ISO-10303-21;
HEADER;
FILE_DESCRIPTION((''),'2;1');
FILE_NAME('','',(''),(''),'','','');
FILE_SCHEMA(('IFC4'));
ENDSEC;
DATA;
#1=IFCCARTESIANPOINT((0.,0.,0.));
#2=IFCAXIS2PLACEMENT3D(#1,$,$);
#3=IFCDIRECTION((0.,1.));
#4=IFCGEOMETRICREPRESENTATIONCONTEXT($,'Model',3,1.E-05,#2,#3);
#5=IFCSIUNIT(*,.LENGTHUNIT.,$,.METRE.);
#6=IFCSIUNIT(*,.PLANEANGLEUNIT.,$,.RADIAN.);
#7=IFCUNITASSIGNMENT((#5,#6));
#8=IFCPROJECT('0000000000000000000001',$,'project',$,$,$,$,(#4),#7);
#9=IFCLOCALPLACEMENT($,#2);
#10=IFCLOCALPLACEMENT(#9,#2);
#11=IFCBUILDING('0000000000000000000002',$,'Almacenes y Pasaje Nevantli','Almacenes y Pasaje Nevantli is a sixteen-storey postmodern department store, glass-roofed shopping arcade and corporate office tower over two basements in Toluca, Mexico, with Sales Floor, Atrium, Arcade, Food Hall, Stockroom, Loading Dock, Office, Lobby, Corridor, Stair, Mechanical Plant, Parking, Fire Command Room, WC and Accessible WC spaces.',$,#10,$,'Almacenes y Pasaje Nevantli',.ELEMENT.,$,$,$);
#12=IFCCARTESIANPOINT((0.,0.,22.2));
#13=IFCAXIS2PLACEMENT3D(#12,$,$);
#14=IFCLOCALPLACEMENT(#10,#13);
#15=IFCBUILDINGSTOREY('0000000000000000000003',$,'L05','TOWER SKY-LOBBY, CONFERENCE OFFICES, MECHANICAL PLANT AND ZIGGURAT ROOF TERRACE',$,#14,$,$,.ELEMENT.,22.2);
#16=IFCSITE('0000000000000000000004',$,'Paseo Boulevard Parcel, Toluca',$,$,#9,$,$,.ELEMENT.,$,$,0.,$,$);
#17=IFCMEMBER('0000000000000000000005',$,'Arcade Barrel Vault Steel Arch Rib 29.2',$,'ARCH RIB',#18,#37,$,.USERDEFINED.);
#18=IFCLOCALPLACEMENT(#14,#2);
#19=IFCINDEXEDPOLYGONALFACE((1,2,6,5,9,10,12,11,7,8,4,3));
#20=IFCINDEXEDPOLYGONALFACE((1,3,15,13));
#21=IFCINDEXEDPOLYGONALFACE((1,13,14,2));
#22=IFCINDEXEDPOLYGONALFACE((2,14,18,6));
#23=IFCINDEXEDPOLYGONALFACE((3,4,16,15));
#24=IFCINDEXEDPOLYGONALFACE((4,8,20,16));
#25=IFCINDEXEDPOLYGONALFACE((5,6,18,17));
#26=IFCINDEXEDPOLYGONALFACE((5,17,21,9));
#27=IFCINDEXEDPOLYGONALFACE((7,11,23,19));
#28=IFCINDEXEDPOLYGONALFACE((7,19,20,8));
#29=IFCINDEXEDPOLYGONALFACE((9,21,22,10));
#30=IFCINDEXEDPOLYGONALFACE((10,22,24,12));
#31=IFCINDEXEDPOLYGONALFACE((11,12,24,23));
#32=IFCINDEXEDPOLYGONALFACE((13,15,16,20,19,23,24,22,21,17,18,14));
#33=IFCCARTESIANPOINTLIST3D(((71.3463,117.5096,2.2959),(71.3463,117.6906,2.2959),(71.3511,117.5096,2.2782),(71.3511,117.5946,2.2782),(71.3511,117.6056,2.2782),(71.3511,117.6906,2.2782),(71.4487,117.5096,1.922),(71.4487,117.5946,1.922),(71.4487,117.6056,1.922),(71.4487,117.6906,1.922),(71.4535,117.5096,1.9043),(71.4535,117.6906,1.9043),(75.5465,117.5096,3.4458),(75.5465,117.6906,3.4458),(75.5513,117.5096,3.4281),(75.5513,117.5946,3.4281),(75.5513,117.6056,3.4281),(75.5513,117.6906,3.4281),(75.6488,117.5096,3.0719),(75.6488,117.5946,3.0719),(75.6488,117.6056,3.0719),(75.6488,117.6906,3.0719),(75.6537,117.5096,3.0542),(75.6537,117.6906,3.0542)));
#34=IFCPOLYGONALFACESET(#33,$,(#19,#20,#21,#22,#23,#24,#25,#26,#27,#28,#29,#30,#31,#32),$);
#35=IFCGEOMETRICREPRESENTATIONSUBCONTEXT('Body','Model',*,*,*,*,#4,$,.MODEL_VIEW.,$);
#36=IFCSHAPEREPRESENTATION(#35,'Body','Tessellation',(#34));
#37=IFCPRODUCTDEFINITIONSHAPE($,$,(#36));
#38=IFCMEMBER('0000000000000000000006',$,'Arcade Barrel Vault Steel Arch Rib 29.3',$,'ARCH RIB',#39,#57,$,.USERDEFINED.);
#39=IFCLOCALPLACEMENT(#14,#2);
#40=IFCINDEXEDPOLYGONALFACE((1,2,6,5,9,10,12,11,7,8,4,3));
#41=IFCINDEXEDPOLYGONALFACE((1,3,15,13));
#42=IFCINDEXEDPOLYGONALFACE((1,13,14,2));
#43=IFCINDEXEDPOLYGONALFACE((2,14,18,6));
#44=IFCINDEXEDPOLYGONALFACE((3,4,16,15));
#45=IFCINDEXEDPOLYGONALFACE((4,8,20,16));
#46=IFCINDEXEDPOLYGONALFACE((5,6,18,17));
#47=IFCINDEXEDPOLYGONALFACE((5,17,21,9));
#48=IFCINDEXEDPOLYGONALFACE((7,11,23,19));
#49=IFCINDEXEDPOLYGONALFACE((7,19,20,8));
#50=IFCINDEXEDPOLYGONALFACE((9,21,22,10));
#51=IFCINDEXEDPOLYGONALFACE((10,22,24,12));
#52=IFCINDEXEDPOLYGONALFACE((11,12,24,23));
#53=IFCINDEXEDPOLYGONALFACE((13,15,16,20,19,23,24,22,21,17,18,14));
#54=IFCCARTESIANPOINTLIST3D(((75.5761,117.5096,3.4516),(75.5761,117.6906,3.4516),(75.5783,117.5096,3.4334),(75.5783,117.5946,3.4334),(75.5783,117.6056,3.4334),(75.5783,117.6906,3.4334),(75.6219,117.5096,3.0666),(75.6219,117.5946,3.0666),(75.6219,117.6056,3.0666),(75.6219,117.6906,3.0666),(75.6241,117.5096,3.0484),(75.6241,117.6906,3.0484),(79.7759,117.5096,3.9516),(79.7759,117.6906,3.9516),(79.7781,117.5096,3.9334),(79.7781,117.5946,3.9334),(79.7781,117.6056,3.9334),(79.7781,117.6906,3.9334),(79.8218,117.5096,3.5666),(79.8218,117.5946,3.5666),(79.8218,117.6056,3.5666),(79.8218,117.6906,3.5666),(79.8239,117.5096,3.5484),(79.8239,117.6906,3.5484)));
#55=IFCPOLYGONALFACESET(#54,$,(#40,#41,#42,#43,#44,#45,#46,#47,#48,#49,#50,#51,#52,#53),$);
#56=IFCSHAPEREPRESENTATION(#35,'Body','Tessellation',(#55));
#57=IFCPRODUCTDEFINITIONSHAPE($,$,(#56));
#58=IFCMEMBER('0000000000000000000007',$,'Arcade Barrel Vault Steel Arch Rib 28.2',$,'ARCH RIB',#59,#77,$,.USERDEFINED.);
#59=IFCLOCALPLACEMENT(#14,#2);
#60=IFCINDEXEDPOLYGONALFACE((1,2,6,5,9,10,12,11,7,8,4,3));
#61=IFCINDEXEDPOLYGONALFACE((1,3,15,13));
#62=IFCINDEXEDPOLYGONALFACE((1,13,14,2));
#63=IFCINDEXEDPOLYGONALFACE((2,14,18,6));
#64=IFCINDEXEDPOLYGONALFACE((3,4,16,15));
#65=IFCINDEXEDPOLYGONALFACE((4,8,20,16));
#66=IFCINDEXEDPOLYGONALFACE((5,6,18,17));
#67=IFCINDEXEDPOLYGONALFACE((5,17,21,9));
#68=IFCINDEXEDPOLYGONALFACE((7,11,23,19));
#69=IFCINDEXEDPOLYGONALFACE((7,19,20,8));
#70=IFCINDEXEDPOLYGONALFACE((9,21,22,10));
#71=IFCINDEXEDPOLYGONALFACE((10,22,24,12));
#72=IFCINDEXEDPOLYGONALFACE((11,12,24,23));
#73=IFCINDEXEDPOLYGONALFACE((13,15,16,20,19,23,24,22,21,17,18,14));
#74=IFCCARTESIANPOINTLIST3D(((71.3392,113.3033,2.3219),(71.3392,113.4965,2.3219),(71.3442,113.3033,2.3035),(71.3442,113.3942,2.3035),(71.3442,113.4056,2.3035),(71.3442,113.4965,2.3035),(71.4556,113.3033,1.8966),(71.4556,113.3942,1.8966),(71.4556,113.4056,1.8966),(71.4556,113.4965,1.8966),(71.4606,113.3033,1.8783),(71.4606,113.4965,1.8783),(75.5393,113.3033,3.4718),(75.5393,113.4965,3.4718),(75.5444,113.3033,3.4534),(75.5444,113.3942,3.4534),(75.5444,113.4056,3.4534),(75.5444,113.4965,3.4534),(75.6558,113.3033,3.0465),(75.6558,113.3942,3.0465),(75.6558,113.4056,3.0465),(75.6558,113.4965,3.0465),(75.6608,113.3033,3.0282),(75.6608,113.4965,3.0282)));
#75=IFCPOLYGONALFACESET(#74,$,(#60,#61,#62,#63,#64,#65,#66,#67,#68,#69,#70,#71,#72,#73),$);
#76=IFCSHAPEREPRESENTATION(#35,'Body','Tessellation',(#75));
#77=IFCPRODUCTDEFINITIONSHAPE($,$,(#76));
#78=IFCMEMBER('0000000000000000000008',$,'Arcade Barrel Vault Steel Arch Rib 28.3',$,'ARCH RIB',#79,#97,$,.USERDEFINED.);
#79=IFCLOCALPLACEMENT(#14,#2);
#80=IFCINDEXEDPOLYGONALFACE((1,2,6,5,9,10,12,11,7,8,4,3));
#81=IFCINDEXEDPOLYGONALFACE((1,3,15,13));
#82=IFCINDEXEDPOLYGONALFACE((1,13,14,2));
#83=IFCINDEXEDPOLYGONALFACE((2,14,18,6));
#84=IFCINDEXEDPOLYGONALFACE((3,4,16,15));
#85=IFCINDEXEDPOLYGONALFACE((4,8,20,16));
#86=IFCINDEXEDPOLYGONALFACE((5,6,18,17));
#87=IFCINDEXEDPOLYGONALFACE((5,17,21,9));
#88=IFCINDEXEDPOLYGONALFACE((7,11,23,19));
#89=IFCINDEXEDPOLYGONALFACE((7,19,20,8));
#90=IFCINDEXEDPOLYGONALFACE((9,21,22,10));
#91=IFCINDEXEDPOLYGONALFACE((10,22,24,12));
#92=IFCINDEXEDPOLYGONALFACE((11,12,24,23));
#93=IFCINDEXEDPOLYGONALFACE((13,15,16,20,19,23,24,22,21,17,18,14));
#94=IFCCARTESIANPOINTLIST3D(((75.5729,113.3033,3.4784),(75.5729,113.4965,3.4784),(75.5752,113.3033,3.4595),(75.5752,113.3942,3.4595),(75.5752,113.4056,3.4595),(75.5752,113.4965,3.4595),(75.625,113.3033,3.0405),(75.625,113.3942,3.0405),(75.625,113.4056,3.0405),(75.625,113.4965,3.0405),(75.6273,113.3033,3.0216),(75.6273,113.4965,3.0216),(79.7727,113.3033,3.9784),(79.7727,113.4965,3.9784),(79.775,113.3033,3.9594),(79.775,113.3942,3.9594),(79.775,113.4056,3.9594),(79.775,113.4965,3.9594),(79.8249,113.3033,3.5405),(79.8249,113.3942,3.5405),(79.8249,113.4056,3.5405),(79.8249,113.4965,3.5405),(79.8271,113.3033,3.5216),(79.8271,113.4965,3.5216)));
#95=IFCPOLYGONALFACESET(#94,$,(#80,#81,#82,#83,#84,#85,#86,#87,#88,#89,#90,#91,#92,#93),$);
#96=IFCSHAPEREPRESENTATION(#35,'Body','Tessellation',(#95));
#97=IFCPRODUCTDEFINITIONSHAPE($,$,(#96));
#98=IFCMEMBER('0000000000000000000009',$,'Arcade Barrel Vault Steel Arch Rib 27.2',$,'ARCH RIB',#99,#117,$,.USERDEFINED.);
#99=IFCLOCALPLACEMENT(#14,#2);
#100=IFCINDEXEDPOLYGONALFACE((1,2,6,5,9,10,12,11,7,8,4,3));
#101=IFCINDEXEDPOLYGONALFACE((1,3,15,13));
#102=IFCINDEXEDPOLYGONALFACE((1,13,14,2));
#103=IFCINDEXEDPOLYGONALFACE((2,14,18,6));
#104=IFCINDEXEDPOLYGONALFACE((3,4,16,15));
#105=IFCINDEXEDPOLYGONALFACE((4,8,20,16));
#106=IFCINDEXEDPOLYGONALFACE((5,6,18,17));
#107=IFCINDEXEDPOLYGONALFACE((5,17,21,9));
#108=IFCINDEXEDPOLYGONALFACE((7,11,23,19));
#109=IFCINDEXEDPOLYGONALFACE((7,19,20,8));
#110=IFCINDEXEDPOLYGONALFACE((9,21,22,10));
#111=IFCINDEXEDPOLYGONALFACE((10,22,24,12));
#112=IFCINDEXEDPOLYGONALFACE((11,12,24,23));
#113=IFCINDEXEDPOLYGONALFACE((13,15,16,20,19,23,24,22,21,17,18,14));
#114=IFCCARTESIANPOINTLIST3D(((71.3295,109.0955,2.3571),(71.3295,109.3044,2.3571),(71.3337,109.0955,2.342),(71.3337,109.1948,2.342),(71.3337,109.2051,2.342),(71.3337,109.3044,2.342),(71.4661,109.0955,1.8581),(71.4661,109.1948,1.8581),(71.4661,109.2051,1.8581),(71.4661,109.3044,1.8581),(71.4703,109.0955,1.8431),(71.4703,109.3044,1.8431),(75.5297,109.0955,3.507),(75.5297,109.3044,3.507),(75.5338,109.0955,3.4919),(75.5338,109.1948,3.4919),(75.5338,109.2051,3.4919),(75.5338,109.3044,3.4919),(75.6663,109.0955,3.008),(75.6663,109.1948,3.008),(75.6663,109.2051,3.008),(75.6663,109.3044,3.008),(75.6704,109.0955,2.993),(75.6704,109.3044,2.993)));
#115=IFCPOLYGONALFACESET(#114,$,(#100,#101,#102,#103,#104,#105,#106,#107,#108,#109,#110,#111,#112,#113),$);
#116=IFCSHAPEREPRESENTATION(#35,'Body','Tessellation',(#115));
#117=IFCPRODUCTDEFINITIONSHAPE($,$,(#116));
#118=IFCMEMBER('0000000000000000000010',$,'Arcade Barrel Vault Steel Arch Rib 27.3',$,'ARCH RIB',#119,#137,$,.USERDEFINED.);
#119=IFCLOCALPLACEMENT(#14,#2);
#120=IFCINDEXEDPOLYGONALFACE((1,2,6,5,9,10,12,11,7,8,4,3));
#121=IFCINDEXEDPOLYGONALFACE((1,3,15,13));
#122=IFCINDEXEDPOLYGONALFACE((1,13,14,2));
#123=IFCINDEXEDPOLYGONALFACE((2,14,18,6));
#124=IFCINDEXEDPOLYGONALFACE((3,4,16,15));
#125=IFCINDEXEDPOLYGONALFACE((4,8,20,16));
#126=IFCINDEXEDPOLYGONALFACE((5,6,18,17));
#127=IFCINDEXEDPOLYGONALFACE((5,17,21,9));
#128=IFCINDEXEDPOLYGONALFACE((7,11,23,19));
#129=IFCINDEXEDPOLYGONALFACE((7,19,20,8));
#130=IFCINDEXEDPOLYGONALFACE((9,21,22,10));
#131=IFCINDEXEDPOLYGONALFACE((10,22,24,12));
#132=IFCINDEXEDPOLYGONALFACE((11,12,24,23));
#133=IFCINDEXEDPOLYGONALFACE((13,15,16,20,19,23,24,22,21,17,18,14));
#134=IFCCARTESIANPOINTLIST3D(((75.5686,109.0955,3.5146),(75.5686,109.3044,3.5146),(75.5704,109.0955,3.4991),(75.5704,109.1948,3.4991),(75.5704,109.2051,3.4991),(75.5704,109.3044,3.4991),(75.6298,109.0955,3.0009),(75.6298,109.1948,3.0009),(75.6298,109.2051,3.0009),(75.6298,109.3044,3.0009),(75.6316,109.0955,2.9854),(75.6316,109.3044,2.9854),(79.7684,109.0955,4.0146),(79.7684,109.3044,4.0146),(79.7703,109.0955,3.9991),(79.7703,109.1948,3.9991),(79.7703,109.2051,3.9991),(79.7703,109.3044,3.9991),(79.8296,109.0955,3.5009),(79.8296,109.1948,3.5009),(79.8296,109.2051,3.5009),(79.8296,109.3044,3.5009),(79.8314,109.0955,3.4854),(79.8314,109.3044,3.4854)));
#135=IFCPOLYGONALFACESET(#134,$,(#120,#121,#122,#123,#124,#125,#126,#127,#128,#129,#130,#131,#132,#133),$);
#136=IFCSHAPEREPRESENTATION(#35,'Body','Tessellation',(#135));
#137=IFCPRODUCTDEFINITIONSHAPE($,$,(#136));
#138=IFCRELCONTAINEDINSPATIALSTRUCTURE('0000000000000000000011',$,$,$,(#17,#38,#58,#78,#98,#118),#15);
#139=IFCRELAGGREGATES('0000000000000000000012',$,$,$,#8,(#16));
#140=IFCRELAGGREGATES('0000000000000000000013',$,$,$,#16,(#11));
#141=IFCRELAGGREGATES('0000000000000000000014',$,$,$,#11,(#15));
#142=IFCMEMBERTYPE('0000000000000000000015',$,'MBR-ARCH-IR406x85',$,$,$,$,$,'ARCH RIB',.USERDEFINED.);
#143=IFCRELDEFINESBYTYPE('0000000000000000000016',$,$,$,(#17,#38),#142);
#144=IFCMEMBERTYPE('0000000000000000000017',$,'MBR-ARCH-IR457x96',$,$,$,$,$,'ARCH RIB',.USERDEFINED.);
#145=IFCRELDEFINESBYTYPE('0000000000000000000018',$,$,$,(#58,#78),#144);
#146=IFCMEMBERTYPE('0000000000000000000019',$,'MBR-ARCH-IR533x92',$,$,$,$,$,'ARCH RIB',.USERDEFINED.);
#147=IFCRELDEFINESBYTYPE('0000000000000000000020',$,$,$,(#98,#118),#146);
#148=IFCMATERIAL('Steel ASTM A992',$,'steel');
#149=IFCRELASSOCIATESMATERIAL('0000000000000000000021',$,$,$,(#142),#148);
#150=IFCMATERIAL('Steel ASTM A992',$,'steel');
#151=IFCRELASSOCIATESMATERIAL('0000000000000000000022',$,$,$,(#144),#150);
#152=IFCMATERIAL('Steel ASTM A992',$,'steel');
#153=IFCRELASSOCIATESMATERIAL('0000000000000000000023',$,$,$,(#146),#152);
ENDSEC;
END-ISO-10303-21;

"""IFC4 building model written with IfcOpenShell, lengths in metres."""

from ifc_helpers import new_model, si_unit, direction, frame, origin, origin_2d, place, context, subcontext, project, spatial, i_section, extrude, material, material_profile, profile_set, type_object, element, save


model = new_model("IFC4")

# Units and contexts
model_context = context("Model", 3, precision=1e-05, world=origin(), true_north=direction((0.0, 1.0)))
body_context = subcontext(model_context, "Body", "Model", "MODEL_VIEW")
ifc_project = project(units=[si_unit("LENGTHUNIT", "METRE"), si_unit("PLANEANGLEUNIT", "RADIAN")], contexts=[model_context])

# Site, building, storey
site_placement = place(None, origin())
site = spatial("IfcSite", under=ifc_project, at=site_placement, Name="Paseo Boulevard Parcel, Toluca", CompositionType="ELEMENT", RefElevation=0.0)
building_placement = place(site_placement, origin())
building = spatial("IfcBuilding", under=site, at=building_placement, Name="Almacenes y Pasaje Nevantli", Description="Almacenes y Pasaje Nevantli is a sixteen-storey postmodern department store, glass-roofed shopping arcade and corporate office tower over two basements in Toluca, Mexico, with Sales Floor, Atrium, Arcade, Food Hall, Stockroom, Loading Dock, Office, Lobby, Corridor, Stair, Mechanical Plant, Parking, Fire Command Room, WC and Accessible WC spaces.", LongName="Almacenes y Pasaje Nevantli", CompositionType="ELEMENT")
storey_placement = place(building_placement, frame((0.0, 0.0, 22.2)))
storey = spatial("IfcBuildingStorey", under=building, at=storey_placement, Name="L05", Description="TOWER SKY-LOBBY, CONFERENCE OFFICES, MECHANICAL PLANT AND ZIGGURAT ROOF TERRACE", CompositionType="ELEMENT", Elevation=22.2)

# Members
ifc_material_1 = material(Name="Steel ASTM A992", Category="steel")
ifc_material_profile_1 = material_profile(ifc_material_1, i_section(OverallWidth=0.1809, OverallDepth=0.406, WebThickness=0.011, FlangeThickness=0.0183, at=origin_2d()), Name="IR 406x85.0")
ifc_profile_set_1 = profile_set([ifc_material_profile_1], Name="Steel ASTM A992")
member_type_1 = type_object("IfcMemberType", Name="MBR-ARCH-IR406x85", ElementType="ARCH RIB", PredefinedType="USERDEFINED", material=ifc_profile_set_1)
member_1_placement = place(storey_placement, frame((71.3999, 117.6001, 2.1001), z_axis=(0.964507, 0.0, 0.264057), x_axis=(0.0, 1.0, 0.0)))
element("IfcMember", 1, at=member_1_placement, inside=storey, type_object=member_type_1, Name="Arcade Barrel Vault Steel Arch Rib 29.2", ObjectType="ARCH RIB", PredefinedType="USERDEFINED", context=body_context, shape_type="SweptSolid", body=[
    extrude(i_section(OverallWidth=0.1809, OverallDepth=0.406, WebThickness=0.011, FlangeThickness=0.0183, at=origin_2d()), origin(), (0.0, 0.0, 1.0), 4.3547),
])
member_2_placement = place(storey_placement, frame((75.6001, 117.6001, 3.25), z_axis=(0.992988, 0.0, 0.118214), x_axis=(0.0, 1.0, 0.0)))
element("IfcMember", 2, at=member_2_placement, inside=storey, type_object=member_type_1, Name="Arcade Barrel Vault Steel Arch Rib 29.3", ObjectType="ARCH RIB", PredefinedType="USERDEFINED", context=body_context, shape_type="SweptSolid", body=[
    extrude(i_section(OverallWidth=0.1809, OverallDepth=0.406, WebThickness=0.011, FlangeThickness=0.0183, at=origin_2d()), origin(), (0.0, 0.0, 1.0), 4.2295),
])
ifc_material_2 = material(Name="Steel ASTM A992", Category="steel")
ifc_material_profile_2 = material_profile(ifc_material_2, i_section(OverallWidth=0.1931, OverallDepth=0.46, WebThickness=0.0115, FlangeThickness=0.019, at=origin_2d()), Name="IR 457x96.7")
ifc_profile_set_2 = profile_set([ifc_material_profile_2], Name="Steel ASTM A992")
member_type_2 = type_object("IfcMemberType", Name="MBR-ARCH-IR457x96", ElementType="ARCH RIB", PredefinedType="USERDEFINED", material=ifc_profile_set_2)
member_3_placement = place(storey_placement, frame((71.3999, 113.3999, 2.1001), z_axis=(0.964507, 0.0, 0.264057), x_axis=(0.0, 1.0, 0.0)))
element("IfcMember", 3, at=member_3_placement, inside=storey, type_object=member_type_2, Name="Arcade Barrel Vault Steel Arch Rib 28.2", ObjectType="ARCH RIB", PredefinedType="USERDEFINED", context=body_context, shape_type="SweptSolid", body=[
    extrude(i_section(OverallWidth=0.1931, OverallDepth=0.46, WebThickness=0.0115, FlangeThickness=0.019, at=origin_2d()), origin(), (0.0, 0.0, 1.0), 4.3547),
])
member_4_placement = place(storey_placement, frame((75.6001, 113.3999, 3.25), z_axis=(0.992988, 0.0, 0.118214), x_axis=(0.0, 1.0, 0.0)))
element("IfcMember", 4, at=member_4_placement, inside=storey, type_object=member_type_2, Name="Arcade Barrel Vault Steel Arch Rib 28.3", ObjectType="ARCH RIB", PredefinedType="USERDEFINED", context=body_context, shape_type="SweptSolid", body=[
    extrude(i_section(OverallWidth=0.1931, OverallDepth=0.46, WebThickness=0.0115, FlangeThickness=0.019, at=origin_2d()), origin(), (0.0, 0.0, 1.0), 4.2295),
])
ifc_material_3 = material(Name="Steel ASTM A992", Category="steel")
ifc_material_profile_3 = material_profile(ifc_material_3, i_section(OverallWidth=0.209, OverallDepth=0.533, WebThickness=0.0103, FlangeThickness=0.0156, at=origin_2d()), Name="IR 533x92.5")
ifc_profile_set_3 = profile_set([ifc_material_profile_3], Name="Steel ASTM A992")
member_type_3 = type_object("IfcMemberType", Name="MBR-ARCH-IR533x92", ElementType="ARCH RIB", PredefinedType="USERDEFINED", material=ifc_profile_set_3)
member_5_placement = place(storey_placement, frame((71.3999, 109.2, 2.1001), z_axis=(0.964507, 0.0, 0.264057), x_axis=(0.0, 1.0, 0.0)))
element("IfcMember", 5, at=member_5_placement, inside=storey, type_object=member_type_3, Name="Arcade Barrel Vault Steel Arch Rib 27.2", ObjectType="ARCH RIB", PredefinedType="USERDEFINED", context=body_context, shape_type="SweptSolid", body=[
    extrude(i_section(OverallWidth=0.209, OverallDepth=0.533, WebThickness=0.0103, FlangeThickness=0.0156, at=origin_2d()), origin(), (0.0, 0.0, 1.0), 4.3547),
])
member_6_placement = place(storey_placement, frame((75.6001, 109.2, 3.25), z_axis=(0.992988, 0.0, 0.118214), x_axis=(0.0, 1.0, 0.0)))
element("IfcMember", 6, at=member_6_placement, inside=storey, type_object=member_type_3, Name="Arcade Barrel Vault Steel Arch Rib 27.3", ObjectType="ARCH RIB", PredefinedType="USERDEFINED", context=body_context, shape_type="SweptSolid", body=[
    extrude(i_section(OverallWidth=0.209, OverallDepth=0.533, WebThickness=0.0103, FlangeThickness=0.0156, at=origin_2d()), origin(), (0.0, 0.0, 1.0), 4.2295),
])

save(model, "model.ifc")
